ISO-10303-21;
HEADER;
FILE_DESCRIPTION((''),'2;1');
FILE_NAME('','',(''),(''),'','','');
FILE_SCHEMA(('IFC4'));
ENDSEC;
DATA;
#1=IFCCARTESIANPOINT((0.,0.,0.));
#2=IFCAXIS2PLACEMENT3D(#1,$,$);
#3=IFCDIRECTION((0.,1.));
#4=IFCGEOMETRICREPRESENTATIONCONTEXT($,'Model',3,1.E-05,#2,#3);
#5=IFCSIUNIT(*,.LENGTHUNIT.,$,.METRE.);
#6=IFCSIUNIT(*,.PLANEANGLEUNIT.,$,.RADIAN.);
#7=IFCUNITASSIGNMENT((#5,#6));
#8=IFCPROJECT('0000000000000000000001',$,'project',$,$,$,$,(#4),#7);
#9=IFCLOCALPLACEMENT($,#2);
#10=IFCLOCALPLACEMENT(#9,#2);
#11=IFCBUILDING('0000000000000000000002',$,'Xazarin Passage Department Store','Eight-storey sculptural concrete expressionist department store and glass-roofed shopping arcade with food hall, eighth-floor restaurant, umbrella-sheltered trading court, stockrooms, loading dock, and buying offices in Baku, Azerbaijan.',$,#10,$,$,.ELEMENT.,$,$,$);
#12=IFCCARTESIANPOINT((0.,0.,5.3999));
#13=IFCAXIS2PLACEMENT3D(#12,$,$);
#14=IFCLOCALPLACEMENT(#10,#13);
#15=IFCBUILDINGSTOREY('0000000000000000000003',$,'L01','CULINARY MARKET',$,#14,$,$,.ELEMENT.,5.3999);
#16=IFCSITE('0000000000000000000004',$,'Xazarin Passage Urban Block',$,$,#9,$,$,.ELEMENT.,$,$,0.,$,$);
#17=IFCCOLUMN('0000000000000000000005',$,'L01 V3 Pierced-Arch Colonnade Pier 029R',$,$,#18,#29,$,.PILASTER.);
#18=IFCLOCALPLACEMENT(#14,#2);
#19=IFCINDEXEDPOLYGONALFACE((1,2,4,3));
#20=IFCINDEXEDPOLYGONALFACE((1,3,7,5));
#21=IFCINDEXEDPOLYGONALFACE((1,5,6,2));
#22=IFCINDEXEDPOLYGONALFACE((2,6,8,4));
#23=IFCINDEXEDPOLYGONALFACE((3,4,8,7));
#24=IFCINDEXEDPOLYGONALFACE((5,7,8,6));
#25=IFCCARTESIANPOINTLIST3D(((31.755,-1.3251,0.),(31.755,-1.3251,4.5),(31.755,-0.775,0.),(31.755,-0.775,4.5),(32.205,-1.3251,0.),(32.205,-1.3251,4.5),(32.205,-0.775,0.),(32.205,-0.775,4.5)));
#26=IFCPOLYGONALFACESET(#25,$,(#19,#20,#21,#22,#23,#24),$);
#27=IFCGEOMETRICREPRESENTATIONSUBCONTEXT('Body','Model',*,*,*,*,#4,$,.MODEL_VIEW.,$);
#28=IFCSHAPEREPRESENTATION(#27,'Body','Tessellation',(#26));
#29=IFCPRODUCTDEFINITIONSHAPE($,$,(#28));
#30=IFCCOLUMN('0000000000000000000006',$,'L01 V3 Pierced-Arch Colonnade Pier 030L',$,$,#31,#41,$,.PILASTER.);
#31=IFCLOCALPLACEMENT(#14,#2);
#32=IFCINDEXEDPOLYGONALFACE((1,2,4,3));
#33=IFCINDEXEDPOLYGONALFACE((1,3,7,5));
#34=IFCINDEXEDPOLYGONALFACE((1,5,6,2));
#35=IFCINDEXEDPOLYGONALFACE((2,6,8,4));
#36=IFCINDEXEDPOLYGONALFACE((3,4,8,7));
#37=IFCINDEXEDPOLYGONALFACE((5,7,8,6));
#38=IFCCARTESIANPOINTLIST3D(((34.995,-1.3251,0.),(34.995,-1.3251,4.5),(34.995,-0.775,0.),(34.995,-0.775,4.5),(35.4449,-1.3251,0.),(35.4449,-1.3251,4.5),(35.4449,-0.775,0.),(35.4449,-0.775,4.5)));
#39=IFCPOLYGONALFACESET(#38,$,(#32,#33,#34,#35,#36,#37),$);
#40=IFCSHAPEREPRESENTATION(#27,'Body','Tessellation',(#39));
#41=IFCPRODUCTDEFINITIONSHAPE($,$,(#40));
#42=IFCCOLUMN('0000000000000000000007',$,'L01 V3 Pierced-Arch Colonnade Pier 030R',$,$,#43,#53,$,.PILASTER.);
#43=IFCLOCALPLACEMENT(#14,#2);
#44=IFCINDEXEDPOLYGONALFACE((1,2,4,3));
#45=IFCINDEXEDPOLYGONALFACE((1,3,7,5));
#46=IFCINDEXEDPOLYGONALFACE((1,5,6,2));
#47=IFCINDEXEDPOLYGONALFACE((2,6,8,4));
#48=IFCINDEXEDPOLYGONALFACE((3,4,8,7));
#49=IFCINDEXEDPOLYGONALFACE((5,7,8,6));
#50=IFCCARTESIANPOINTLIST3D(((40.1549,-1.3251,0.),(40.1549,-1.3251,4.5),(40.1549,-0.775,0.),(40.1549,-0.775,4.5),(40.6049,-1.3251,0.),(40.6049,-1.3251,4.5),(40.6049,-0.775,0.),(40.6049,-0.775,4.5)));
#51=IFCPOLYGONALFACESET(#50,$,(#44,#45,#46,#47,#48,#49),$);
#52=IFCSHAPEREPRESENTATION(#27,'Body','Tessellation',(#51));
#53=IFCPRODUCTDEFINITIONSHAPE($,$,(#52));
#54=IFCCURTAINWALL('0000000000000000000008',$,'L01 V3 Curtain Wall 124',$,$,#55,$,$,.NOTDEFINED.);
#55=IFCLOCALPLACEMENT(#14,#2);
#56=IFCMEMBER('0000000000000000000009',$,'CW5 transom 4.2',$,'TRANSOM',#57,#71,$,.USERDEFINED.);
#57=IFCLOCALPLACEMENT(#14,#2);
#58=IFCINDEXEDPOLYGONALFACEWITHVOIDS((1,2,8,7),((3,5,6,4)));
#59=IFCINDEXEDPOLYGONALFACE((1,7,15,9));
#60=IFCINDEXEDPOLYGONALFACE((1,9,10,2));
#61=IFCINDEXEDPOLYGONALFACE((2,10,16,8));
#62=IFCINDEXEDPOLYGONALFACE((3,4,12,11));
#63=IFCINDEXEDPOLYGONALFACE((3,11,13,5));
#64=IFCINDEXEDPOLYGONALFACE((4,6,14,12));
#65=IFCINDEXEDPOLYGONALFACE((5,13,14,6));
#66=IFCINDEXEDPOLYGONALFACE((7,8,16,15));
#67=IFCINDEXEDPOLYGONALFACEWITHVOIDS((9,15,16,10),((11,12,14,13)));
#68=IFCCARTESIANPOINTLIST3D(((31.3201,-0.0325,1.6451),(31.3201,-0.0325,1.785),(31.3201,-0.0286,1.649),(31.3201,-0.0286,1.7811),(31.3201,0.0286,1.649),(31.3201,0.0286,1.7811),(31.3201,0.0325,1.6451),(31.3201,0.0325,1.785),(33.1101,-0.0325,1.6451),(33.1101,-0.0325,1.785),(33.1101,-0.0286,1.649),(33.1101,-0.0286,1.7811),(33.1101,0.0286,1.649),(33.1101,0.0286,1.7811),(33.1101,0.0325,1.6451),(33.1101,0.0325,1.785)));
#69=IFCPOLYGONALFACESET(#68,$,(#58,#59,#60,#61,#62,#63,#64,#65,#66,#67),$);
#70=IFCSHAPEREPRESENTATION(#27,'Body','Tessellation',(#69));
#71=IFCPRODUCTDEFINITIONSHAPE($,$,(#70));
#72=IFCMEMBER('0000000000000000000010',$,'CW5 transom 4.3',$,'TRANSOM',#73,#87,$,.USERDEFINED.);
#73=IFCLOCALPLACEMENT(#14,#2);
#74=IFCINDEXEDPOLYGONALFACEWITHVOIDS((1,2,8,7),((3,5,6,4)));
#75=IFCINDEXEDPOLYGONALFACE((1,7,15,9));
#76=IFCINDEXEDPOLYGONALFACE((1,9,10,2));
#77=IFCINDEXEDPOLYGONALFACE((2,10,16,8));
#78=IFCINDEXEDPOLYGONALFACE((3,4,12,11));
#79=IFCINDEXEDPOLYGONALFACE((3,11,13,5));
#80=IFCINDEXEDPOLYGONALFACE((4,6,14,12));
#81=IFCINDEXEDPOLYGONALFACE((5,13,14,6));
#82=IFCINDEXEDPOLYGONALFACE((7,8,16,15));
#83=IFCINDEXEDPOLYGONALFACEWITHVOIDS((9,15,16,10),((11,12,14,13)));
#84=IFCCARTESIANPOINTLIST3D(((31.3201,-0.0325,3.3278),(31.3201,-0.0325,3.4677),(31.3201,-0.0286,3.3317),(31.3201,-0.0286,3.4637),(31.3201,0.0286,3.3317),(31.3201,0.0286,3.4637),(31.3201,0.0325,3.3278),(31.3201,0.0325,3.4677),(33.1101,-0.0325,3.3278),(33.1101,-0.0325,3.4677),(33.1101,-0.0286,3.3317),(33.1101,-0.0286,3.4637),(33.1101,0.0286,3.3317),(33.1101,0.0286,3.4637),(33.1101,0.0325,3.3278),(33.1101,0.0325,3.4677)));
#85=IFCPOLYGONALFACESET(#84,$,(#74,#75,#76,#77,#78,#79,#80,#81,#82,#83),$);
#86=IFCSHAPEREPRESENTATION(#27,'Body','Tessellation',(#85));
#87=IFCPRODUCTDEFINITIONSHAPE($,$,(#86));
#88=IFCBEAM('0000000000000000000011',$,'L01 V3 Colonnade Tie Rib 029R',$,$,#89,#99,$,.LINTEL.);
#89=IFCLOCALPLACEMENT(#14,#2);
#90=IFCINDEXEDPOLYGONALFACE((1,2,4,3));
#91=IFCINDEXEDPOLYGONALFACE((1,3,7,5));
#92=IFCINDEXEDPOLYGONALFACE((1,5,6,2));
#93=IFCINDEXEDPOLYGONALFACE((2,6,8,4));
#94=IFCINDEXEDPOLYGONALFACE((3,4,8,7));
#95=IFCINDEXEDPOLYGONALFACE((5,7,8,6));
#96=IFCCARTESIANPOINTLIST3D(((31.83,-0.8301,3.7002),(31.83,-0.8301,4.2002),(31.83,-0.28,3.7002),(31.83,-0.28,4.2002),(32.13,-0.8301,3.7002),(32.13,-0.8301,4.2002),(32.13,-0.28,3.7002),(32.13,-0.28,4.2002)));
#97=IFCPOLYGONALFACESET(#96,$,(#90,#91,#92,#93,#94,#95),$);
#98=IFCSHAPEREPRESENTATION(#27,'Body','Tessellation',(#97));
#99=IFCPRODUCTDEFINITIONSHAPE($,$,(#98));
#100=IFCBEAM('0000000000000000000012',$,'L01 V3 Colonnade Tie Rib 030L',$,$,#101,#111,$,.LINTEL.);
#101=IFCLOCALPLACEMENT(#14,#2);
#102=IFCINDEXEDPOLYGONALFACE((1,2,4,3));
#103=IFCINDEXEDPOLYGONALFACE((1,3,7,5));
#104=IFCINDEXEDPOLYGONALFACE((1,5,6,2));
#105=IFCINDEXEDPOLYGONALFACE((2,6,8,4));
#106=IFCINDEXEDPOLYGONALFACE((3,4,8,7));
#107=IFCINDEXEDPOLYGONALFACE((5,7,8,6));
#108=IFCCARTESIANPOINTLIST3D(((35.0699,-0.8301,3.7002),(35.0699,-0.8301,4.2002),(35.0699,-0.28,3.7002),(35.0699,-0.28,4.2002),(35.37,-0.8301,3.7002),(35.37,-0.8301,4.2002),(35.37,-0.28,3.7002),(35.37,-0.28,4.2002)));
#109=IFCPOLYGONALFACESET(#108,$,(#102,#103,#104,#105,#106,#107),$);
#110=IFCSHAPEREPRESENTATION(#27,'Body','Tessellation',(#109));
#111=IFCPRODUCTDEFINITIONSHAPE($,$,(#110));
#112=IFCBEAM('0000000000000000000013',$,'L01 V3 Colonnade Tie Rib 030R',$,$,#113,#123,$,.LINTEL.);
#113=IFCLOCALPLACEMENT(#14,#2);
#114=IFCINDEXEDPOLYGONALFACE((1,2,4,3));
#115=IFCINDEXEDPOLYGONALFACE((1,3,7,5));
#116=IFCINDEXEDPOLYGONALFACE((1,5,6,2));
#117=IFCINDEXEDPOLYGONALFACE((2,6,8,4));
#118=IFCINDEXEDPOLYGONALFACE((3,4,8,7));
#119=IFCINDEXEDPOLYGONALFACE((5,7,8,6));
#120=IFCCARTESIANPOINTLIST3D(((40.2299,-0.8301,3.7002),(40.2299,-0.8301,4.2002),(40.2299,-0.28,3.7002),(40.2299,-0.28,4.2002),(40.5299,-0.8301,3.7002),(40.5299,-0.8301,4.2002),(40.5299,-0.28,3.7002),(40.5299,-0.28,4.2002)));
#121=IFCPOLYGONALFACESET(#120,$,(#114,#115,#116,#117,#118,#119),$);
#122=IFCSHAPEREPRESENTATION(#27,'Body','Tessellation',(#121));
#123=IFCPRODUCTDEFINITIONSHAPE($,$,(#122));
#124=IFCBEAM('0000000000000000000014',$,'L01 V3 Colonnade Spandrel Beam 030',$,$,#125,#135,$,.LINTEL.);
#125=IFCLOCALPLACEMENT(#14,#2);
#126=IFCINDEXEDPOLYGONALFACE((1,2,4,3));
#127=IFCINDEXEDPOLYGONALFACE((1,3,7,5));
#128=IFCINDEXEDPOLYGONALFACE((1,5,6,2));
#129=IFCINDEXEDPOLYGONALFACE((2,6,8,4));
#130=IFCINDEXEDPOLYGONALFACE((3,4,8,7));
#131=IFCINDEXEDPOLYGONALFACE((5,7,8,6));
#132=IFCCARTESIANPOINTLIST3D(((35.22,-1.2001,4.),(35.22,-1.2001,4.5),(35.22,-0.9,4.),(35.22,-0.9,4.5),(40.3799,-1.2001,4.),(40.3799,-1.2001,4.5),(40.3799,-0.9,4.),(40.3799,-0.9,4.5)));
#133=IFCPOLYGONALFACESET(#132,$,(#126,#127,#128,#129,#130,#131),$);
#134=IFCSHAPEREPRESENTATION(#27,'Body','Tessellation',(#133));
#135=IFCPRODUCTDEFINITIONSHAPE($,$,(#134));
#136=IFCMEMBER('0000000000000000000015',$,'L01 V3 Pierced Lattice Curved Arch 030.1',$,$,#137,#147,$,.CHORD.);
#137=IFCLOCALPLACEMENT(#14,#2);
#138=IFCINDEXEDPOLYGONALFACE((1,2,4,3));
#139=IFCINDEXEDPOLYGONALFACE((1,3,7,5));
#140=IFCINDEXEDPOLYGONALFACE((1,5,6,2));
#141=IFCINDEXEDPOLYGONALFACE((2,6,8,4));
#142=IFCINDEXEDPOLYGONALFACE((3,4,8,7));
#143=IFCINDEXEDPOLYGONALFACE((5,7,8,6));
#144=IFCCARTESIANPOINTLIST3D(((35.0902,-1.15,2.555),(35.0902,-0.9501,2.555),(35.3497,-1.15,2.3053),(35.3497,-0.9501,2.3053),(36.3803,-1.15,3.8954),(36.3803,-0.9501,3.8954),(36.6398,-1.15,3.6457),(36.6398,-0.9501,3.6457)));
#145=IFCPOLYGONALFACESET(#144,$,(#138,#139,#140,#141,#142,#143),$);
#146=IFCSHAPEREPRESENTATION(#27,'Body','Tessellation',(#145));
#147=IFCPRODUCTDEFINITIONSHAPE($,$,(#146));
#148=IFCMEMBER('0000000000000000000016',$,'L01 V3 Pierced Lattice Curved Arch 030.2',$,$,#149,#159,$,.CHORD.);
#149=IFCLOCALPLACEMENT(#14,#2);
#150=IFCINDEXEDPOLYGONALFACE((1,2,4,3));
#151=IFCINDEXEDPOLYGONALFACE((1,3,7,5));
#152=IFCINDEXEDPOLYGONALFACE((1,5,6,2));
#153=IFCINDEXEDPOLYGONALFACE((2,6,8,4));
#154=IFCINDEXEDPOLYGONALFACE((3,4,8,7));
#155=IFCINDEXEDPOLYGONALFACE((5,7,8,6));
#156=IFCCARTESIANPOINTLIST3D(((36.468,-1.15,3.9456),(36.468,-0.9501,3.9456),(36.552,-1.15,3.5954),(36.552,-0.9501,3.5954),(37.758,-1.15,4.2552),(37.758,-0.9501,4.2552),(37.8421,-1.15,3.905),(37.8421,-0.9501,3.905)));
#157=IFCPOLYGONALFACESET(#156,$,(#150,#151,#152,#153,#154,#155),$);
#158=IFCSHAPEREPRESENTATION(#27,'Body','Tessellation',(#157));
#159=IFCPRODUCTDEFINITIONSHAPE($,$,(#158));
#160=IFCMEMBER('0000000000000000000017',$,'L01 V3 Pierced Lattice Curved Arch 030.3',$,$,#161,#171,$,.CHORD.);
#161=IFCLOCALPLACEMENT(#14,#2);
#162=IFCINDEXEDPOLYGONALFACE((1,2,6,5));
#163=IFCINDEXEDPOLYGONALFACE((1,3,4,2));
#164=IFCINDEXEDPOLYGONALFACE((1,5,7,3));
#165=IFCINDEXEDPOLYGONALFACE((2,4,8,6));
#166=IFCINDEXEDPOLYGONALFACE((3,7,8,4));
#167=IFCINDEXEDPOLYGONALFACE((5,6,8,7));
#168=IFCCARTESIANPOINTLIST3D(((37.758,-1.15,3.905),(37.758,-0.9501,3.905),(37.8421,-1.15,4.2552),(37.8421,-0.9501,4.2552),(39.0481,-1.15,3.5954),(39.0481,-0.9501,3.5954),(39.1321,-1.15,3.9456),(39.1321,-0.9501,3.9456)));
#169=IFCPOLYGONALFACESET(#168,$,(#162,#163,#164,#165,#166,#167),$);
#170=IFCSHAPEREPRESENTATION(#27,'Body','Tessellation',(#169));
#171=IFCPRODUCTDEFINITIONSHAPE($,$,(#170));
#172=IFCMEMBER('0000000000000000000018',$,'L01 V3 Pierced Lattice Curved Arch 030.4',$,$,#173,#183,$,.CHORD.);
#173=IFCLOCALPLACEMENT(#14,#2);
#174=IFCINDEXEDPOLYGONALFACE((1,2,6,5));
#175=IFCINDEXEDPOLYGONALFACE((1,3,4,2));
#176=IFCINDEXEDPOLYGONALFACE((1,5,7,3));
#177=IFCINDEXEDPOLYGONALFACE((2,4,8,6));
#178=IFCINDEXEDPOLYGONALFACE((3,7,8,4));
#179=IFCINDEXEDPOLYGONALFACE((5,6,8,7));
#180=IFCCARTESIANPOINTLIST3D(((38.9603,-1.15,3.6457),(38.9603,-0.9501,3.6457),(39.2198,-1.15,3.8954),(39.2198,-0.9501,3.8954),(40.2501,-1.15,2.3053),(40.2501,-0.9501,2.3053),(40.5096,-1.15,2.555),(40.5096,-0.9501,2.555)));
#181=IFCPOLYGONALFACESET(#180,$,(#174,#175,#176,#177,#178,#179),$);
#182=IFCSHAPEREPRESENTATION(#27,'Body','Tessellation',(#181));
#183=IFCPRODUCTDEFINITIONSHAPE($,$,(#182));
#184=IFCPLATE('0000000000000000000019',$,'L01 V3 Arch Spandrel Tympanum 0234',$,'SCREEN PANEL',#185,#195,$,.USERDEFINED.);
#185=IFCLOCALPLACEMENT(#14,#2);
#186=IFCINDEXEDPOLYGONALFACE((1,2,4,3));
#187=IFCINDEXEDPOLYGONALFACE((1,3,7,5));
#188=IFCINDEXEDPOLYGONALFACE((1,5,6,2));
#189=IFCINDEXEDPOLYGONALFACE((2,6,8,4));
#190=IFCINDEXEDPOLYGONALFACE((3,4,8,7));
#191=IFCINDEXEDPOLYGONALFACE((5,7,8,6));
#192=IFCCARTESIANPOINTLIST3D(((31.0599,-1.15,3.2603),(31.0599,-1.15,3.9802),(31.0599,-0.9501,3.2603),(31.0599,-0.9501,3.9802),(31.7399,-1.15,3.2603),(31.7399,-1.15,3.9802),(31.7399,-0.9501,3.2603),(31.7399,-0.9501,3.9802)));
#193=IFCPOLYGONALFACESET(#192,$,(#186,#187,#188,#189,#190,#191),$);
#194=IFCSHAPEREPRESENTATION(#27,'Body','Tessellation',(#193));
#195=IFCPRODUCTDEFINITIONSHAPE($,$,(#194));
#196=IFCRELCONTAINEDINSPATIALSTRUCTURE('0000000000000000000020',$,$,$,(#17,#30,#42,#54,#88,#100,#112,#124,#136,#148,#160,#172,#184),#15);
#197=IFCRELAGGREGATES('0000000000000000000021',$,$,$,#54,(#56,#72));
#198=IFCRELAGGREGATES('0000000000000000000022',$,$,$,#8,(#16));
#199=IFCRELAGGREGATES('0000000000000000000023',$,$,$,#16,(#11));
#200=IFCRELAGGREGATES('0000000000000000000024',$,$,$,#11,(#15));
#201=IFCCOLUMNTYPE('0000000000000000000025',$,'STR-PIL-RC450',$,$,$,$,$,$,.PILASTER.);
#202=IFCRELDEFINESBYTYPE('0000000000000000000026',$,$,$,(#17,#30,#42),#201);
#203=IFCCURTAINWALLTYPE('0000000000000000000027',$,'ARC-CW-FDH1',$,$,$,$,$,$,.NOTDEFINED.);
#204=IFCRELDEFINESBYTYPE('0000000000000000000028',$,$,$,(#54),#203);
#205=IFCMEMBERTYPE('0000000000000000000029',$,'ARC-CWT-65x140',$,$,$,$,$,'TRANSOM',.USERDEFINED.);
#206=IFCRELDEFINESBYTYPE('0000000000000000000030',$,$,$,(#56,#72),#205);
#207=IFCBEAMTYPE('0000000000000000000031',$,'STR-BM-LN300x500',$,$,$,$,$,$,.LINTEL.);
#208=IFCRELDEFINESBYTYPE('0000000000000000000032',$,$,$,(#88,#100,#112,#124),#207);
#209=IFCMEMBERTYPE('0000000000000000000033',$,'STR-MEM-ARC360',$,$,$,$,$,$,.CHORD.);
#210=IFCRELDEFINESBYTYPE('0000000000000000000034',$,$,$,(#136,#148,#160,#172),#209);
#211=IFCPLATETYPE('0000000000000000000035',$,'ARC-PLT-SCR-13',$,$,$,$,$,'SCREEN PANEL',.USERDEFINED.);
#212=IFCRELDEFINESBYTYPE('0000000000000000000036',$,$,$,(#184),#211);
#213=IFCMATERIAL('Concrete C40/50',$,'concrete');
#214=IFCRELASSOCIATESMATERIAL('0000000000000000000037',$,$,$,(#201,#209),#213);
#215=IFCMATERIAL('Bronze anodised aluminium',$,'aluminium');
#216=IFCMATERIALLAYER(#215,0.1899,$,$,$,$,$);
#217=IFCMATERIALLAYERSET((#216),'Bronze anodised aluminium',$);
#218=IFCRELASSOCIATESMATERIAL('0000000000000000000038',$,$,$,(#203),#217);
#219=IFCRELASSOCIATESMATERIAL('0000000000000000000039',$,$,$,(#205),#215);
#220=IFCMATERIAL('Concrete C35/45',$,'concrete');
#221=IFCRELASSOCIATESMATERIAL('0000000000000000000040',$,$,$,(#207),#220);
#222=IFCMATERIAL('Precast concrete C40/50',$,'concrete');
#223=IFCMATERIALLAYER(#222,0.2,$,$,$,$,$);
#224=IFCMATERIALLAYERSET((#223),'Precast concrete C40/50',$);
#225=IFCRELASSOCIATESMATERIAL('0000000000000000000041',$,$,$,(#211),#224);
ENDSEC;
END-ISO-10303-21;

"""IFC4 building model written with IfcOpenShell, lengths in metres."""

from ifc_helpers import new_model, si_unit, direction, frame, origin, origin_2d, place, context, subcontext, project, spatial, rectangle, hollow_rectangle, extrude, material, layer, layer_set, material_profile, profile_set, type_object, element, aggregate, save


model = new_model("IFC4")

# Units and contexts
model_context = context("Model", 3, precision=1e-05, world=origin(), true_north=direction((0.0, 1.0)))
body_context = subcontext(model_context, "Body", "Model", "MODEL_VIEW")
ifc_project = project(units=[si_unit("LENGTHUNIT", "METRE"), si_unit("PLANEANGLEUNIT", "RADIAN")], contexts=[model_context])

# Site, building, storey
site_placement = place(None, origin())
site = spatial("IfcSite", under=ifc_project, at=site_placement, Name="Xazarin Passage Urban Block", CompositionType="ELEMENT", RefElevation=0.0)
building_placement = place(site_placement, origin())
building = spatial("IfcBuilding", under=site, at=building_placement, Name="Xazarin Passage Department Store", Description="Eight-storey sculptural concrete expressionist department store and glass-roofed shopping arcade with food hall, eighth-floor restaurant, umbrella-sheltered trading court, stockrooms, loading dock, and buying offices in Baku, Azerbaijan.", CompositionType="ELEMENT")
storey_placement = place(building_placement, frame((0.0, 0.0, 5.3999)))
storey = spatial("IfcBuildingStorey", under=building, at=storey_placement, Name="L01", Description="CULINARY MARKET", CompositionType="ELEMENT", Elevation=5.3999)

# Columns
ifc_material_1 = material(Name="Concrete C40/50", Category="concrete")
ifc_material_profile_1 = material_profile(ifc_material_1, rectangle(XDim=0.45, YDim=0.55, at=origin_2d()), Name="RC 450x550")
ifc_profile_set_1 = profile_set([ifc_material_profile_1], Name="Concrete C40/50")
column_type = type_object("IfcColumnType", Name="STR-PIL-RC450", PredefinedType="PILASTER", material=ifc_profile_set_1)
for number, where, z_axis, x_axis, name in (
    (1, (31.98, -1.05, 0.0), (0.0, 0.0, 1.0), (1.0, 0.0, 0.0), "L01 V3 Pierced-Arch Colonnade Pier 029R"),
    (2, (35.22, -1.05, 0.0), (0.0, 0.0, 1.0), (1.0, 0.0, 0.0), "L01 V3 Pierced-Arch Colonnade Pier 030L"),
    (3, (40.3799, -1.05, 0.0), (0.0, 0.0, 1.0), (1.0, 0.0, 0.0), "L01 V3 Pierced-Arch Colonnade Pier 030R"),
):
    element("IfcColumn", number, at=place(storey_placement, frame(where, z_axis=z_axis, x_axis=x_axis)), inside=storey, type_object=column_type, Name=name, PredefinedType="PILASTER", context=body_context, shape_type="SweptSolid", body=[
        extrude(rectangle(XDim=0.45, YDim=0.55, at=origin_2d()), origin(), (0.0, 0.0, 1.0), 4.5),
    ])

# Curtain wall, members
ifc_material_2 = material(Name="Bronze anodised aluminium", Category="aluminium")
ifc_layer_1 = layer(ifc_material_2, 0.1899)
ifc_layer_set_1 = layer_set([ifc_layer_1], Name="Bronze anodised aluminium")
curtain_wall_type = type_object("IfcCurtainWallType", Name="ARC-CW-FDH1", PredefinedType="NOTDEFINED", material=ifc_layer_set_1)
curtain_wall_placement = place(storey_placement, origin())
curtain_wall = element("IfcCurtainWall", 4, at=curtain_wall_placement, inside=storey, type_object=curtain_wall_type, Name="L01 V3 Curtain Wall 124", PredefinedType="NOTDEFINED")
ifc_material_profile_2 = material_profile(ifc_material_2, hollow_rectangle(XDim=0.0649, YDim=0.1399, WallThickness=0.0039, at=origin_2d()), Name="ALU 65x140")
ifc_profile_set_2 = profile_set([ifc_material_profile_2], Name="Bronze anodised aluminium")
member_type_1 = type_object("IfcMemberType", Name="ARC-CWT-65x140", ElementType="TRANSOM", PredefinedType="USERDEFINED", material=ifc_profile_set_2)
member_1_placement = place(storey_placement, frame((31.3201, 0.0, 1.7151), z_axis=(1.0, 0.0, 0.0), x_axis=(0.0, 1.0, 0.0)))
member_1 = element("IfcMember", 5, at=member_1_placement, type_object=member_type_1, Name="CW5 transom 4.2", ObjectType="TRANSOM", PredefinedType="USERDEFINED", context=body_context, shape_type="SweptSolid", body=[
    extrude(hollow_rectangle(XDim=0.0649, YDim=0.1399, WallThickness=0.0039, at=origin_2d()), origin(), (0.0, 0.0, 1.0), 1.79),
])
member_2_placement = place(storey_placement, frame((31.3201, 0.0, 3.3977), z_axis=(1.0, 0.0, 0.0), x_axis=(0.0, 1.0, 0.0)))
member_2 = element("IfcMember", 6, at=member_2_placement, type_object=member_type_1, Name="CW5 transom 4.3", ObjectType="TRANSOM", PredefinedType="USERDEFINED", context=body_context, shape_type="SweptSolid", body=[
    extrude(hollow_rectangle(XDim=0.0649, YDim=0.1399, WallThickness=0.0039, at=origin_2d()), origin(), (0.0, 0.0, 1.0), 1.79),
])
aggregate(curtain_wall, [member_1, member_2])

# Beams
ifc_material_3 = material(Name="Concrete C35/45", Category="concrete")
ifc_material_profile_3 = material_profile(ifc_material_3, rectangle(XDim=0.3, YDim=0.5, at=origin_2d()), Name="RC 300x500")
ifc_profile_set_3 = profile_set([ifc_material_profile_3], Name="Concrete C35/45")
beam_type = type_object("IfcBeamType", Name="STR-BM-LN300x500", PredefinedType="LINTEL", material=ifc_profile_set_3)
for number, where, z_axis, x_axis, name in (
    (7, (31.98, -0.28, 3.9502), (0.0, -1.0, 0.0), (1.0, 0.0, 0.0), "L01 V3 Colonnade Tie Rib 029R"),
    (8, (35.22, -0.28, 3.9502), (0.0, -1.0, 0.0), (1.0, 0.0, 0.0), "L01 V3 Colonnade Tie Rib 030L"),
    (9, (40.3799, -0.28, 3.9502), (0.0, -1.0, 0.0), (1.0, 0.0, 0.0), "L01 V3 Colonnade Tie Rib 030R"),
):
    element("IfcBeam", number, at=place(storey_placement, frame(where, z_axis=z_axis, x_axis=x_axis)), inside=storey, type_object=beam_type, Name=name, PredefinedType="LINTEL", context=body_context, shape_type="SweptSolid", body=[
        extrude(rectangle(XDim=0.3, YDim=0.5, at=origin_2d()), origin(), (0.0, 0.0, 1.0), 0.55),
    ])
beam_placement = place(storey_placement, frame((35.22, -1.05, 4.25), z_axis=(1.0, 0.0, 0.0), x_axis=(0.0, 1.0, 0.0)))
element("IfcBeam", 10, at=beam_placement, inside=storey, type_object=beam_type, Name="L01 V3 Colonnade Spandrel Beam 030", PredefinedType="LINTEL", context=body_context, shape_type="SweptSolid", body=[
    extrude(rectangle(XDim=0.3, YDim=0.5, at=origin_2d()), origin(), (0.0, 0.0, 1.0), 5.1599),
])

# Members
ifc_material_profile_4 = material_profile(ifc_material_1, rectangle(XDim=0.2, YDim=0.3601, at=origin_2d()), Name="RC 200x360")
ifc_profile_set_4 = profile_set([ifc_material_profile_4], Name="Concrete C40/50")
member_type_2 = type_object("IfcMemberType", Name="STR-MEM-ARC360", PredefinedType="CHORD", material=ifc_profile_set_4)
member_3_placement = place(storey_placement, frame((35.22, -1.05, 2.4302), z_axis=(0.69346, 0.0, 0.720495), x_axis=(0.0, 1.0, 0.0)))
element("IfcMember", 11, at=member_3_placement, inside=storey, type_object=member_type_2, Name="L01 V3 Pierced Lattice Curved Arch 030.1", PredefinedType="CHORD", context=body_context, shape_type="SweptSolid", body=[
    extrude(rectangle(XDim=0.2, YDim=0.3601, at=origin_2d()), origin(), (0.0, 0.0, 1.0), 1.8604),
])
for number, where, z_axis, x_axis, name in (
    (12, (36.51, -1.05, 3.7705), (0.972394, 0.0, 0.233345), (0.0, 1.0, 0.0), "L01 V3 Pierced Lattice Curved Arch 030.2"),
    (13, (37.8, -1.05, 4.0801), (0.972394, 0.0, -0.233345), (0.0, 1.0, 0.0), "L01 V3 Pierced Lattice Curved Arch 030.3"),
):
    element("IfcMember", number, at=place(storey_placement, frame(where, z_axis=z_axis, x_axis=x_axis)), inside=storey, type_object=member_type_2, Name=name, PredefinedType="CHORD", context=body_context, shape_type="SweptSolid", body=[
        extrude(rectangle(XDim=0.2, YDim=0.3601, at=origin_2d()), origin(), (0.0, 0.0, 1.0), 1.3267),
    ])
member_4_placement = place(storey_placement, frame((39.0901, -1.05, 3.7705), z_axis=(0.693392, 0.0, -0.720561), x_axis=(0.0, 1.0, 0.0)))
element("IfcMember", 14, at=member_4_placement, inside=storey, type_object=member_type_2, Name="L01 V3 Pierced Lattice Curved Arch 030.4", PredefinedType="CHORD", context=body_context, shape_type="SweptSolid", body=[
    extrude(rectangle(XDim=0.2, YDim=0.3601, at=origin_2d()), origin(), (0.0, 0.0, 1.0), 1.8601),
])

# Plate
ifc_material_4 = material(Name="Precast concrete C40/50", Category="concrete")
ifc_layer_2 = layer(ifc_material_4, 0.2)
ifc_layer_set_2 = layer_set([ifc_layer_2], Name="Precast concrete C40/50")
plate_type_1 = type_object("IfcPlateType", Name="ARC-PLT-SCR-13", ElementType="SCREEN PANEL", PredefinedType="USERDEFINED", material=ifc_layer_set_2)
plate_placement = place(storey_placement, frame((31.3999, -1.05, 3.2603), z_axis=(0.0, 0.0, 1.0), x_axis=(1.0, 0.0, 0.0)))
element("IfcPlate", 15, at=plate_placement, inside=storey, type_object=plate_type_1, Name="L01 V3 Arch Spandrel Tympanum 0234", ObjectType="SCREEN PANEL", PredefinedType="USERDEFINED", context=body_context, shape_type="SweptSolid", body=[
    extrude(rectangle(XDim=0.6799, YDim=0.2, at=origin_2d()), origin(), (0.0, 0.0, 1.0), 0.72),
])

save(model, "model.ifc")
